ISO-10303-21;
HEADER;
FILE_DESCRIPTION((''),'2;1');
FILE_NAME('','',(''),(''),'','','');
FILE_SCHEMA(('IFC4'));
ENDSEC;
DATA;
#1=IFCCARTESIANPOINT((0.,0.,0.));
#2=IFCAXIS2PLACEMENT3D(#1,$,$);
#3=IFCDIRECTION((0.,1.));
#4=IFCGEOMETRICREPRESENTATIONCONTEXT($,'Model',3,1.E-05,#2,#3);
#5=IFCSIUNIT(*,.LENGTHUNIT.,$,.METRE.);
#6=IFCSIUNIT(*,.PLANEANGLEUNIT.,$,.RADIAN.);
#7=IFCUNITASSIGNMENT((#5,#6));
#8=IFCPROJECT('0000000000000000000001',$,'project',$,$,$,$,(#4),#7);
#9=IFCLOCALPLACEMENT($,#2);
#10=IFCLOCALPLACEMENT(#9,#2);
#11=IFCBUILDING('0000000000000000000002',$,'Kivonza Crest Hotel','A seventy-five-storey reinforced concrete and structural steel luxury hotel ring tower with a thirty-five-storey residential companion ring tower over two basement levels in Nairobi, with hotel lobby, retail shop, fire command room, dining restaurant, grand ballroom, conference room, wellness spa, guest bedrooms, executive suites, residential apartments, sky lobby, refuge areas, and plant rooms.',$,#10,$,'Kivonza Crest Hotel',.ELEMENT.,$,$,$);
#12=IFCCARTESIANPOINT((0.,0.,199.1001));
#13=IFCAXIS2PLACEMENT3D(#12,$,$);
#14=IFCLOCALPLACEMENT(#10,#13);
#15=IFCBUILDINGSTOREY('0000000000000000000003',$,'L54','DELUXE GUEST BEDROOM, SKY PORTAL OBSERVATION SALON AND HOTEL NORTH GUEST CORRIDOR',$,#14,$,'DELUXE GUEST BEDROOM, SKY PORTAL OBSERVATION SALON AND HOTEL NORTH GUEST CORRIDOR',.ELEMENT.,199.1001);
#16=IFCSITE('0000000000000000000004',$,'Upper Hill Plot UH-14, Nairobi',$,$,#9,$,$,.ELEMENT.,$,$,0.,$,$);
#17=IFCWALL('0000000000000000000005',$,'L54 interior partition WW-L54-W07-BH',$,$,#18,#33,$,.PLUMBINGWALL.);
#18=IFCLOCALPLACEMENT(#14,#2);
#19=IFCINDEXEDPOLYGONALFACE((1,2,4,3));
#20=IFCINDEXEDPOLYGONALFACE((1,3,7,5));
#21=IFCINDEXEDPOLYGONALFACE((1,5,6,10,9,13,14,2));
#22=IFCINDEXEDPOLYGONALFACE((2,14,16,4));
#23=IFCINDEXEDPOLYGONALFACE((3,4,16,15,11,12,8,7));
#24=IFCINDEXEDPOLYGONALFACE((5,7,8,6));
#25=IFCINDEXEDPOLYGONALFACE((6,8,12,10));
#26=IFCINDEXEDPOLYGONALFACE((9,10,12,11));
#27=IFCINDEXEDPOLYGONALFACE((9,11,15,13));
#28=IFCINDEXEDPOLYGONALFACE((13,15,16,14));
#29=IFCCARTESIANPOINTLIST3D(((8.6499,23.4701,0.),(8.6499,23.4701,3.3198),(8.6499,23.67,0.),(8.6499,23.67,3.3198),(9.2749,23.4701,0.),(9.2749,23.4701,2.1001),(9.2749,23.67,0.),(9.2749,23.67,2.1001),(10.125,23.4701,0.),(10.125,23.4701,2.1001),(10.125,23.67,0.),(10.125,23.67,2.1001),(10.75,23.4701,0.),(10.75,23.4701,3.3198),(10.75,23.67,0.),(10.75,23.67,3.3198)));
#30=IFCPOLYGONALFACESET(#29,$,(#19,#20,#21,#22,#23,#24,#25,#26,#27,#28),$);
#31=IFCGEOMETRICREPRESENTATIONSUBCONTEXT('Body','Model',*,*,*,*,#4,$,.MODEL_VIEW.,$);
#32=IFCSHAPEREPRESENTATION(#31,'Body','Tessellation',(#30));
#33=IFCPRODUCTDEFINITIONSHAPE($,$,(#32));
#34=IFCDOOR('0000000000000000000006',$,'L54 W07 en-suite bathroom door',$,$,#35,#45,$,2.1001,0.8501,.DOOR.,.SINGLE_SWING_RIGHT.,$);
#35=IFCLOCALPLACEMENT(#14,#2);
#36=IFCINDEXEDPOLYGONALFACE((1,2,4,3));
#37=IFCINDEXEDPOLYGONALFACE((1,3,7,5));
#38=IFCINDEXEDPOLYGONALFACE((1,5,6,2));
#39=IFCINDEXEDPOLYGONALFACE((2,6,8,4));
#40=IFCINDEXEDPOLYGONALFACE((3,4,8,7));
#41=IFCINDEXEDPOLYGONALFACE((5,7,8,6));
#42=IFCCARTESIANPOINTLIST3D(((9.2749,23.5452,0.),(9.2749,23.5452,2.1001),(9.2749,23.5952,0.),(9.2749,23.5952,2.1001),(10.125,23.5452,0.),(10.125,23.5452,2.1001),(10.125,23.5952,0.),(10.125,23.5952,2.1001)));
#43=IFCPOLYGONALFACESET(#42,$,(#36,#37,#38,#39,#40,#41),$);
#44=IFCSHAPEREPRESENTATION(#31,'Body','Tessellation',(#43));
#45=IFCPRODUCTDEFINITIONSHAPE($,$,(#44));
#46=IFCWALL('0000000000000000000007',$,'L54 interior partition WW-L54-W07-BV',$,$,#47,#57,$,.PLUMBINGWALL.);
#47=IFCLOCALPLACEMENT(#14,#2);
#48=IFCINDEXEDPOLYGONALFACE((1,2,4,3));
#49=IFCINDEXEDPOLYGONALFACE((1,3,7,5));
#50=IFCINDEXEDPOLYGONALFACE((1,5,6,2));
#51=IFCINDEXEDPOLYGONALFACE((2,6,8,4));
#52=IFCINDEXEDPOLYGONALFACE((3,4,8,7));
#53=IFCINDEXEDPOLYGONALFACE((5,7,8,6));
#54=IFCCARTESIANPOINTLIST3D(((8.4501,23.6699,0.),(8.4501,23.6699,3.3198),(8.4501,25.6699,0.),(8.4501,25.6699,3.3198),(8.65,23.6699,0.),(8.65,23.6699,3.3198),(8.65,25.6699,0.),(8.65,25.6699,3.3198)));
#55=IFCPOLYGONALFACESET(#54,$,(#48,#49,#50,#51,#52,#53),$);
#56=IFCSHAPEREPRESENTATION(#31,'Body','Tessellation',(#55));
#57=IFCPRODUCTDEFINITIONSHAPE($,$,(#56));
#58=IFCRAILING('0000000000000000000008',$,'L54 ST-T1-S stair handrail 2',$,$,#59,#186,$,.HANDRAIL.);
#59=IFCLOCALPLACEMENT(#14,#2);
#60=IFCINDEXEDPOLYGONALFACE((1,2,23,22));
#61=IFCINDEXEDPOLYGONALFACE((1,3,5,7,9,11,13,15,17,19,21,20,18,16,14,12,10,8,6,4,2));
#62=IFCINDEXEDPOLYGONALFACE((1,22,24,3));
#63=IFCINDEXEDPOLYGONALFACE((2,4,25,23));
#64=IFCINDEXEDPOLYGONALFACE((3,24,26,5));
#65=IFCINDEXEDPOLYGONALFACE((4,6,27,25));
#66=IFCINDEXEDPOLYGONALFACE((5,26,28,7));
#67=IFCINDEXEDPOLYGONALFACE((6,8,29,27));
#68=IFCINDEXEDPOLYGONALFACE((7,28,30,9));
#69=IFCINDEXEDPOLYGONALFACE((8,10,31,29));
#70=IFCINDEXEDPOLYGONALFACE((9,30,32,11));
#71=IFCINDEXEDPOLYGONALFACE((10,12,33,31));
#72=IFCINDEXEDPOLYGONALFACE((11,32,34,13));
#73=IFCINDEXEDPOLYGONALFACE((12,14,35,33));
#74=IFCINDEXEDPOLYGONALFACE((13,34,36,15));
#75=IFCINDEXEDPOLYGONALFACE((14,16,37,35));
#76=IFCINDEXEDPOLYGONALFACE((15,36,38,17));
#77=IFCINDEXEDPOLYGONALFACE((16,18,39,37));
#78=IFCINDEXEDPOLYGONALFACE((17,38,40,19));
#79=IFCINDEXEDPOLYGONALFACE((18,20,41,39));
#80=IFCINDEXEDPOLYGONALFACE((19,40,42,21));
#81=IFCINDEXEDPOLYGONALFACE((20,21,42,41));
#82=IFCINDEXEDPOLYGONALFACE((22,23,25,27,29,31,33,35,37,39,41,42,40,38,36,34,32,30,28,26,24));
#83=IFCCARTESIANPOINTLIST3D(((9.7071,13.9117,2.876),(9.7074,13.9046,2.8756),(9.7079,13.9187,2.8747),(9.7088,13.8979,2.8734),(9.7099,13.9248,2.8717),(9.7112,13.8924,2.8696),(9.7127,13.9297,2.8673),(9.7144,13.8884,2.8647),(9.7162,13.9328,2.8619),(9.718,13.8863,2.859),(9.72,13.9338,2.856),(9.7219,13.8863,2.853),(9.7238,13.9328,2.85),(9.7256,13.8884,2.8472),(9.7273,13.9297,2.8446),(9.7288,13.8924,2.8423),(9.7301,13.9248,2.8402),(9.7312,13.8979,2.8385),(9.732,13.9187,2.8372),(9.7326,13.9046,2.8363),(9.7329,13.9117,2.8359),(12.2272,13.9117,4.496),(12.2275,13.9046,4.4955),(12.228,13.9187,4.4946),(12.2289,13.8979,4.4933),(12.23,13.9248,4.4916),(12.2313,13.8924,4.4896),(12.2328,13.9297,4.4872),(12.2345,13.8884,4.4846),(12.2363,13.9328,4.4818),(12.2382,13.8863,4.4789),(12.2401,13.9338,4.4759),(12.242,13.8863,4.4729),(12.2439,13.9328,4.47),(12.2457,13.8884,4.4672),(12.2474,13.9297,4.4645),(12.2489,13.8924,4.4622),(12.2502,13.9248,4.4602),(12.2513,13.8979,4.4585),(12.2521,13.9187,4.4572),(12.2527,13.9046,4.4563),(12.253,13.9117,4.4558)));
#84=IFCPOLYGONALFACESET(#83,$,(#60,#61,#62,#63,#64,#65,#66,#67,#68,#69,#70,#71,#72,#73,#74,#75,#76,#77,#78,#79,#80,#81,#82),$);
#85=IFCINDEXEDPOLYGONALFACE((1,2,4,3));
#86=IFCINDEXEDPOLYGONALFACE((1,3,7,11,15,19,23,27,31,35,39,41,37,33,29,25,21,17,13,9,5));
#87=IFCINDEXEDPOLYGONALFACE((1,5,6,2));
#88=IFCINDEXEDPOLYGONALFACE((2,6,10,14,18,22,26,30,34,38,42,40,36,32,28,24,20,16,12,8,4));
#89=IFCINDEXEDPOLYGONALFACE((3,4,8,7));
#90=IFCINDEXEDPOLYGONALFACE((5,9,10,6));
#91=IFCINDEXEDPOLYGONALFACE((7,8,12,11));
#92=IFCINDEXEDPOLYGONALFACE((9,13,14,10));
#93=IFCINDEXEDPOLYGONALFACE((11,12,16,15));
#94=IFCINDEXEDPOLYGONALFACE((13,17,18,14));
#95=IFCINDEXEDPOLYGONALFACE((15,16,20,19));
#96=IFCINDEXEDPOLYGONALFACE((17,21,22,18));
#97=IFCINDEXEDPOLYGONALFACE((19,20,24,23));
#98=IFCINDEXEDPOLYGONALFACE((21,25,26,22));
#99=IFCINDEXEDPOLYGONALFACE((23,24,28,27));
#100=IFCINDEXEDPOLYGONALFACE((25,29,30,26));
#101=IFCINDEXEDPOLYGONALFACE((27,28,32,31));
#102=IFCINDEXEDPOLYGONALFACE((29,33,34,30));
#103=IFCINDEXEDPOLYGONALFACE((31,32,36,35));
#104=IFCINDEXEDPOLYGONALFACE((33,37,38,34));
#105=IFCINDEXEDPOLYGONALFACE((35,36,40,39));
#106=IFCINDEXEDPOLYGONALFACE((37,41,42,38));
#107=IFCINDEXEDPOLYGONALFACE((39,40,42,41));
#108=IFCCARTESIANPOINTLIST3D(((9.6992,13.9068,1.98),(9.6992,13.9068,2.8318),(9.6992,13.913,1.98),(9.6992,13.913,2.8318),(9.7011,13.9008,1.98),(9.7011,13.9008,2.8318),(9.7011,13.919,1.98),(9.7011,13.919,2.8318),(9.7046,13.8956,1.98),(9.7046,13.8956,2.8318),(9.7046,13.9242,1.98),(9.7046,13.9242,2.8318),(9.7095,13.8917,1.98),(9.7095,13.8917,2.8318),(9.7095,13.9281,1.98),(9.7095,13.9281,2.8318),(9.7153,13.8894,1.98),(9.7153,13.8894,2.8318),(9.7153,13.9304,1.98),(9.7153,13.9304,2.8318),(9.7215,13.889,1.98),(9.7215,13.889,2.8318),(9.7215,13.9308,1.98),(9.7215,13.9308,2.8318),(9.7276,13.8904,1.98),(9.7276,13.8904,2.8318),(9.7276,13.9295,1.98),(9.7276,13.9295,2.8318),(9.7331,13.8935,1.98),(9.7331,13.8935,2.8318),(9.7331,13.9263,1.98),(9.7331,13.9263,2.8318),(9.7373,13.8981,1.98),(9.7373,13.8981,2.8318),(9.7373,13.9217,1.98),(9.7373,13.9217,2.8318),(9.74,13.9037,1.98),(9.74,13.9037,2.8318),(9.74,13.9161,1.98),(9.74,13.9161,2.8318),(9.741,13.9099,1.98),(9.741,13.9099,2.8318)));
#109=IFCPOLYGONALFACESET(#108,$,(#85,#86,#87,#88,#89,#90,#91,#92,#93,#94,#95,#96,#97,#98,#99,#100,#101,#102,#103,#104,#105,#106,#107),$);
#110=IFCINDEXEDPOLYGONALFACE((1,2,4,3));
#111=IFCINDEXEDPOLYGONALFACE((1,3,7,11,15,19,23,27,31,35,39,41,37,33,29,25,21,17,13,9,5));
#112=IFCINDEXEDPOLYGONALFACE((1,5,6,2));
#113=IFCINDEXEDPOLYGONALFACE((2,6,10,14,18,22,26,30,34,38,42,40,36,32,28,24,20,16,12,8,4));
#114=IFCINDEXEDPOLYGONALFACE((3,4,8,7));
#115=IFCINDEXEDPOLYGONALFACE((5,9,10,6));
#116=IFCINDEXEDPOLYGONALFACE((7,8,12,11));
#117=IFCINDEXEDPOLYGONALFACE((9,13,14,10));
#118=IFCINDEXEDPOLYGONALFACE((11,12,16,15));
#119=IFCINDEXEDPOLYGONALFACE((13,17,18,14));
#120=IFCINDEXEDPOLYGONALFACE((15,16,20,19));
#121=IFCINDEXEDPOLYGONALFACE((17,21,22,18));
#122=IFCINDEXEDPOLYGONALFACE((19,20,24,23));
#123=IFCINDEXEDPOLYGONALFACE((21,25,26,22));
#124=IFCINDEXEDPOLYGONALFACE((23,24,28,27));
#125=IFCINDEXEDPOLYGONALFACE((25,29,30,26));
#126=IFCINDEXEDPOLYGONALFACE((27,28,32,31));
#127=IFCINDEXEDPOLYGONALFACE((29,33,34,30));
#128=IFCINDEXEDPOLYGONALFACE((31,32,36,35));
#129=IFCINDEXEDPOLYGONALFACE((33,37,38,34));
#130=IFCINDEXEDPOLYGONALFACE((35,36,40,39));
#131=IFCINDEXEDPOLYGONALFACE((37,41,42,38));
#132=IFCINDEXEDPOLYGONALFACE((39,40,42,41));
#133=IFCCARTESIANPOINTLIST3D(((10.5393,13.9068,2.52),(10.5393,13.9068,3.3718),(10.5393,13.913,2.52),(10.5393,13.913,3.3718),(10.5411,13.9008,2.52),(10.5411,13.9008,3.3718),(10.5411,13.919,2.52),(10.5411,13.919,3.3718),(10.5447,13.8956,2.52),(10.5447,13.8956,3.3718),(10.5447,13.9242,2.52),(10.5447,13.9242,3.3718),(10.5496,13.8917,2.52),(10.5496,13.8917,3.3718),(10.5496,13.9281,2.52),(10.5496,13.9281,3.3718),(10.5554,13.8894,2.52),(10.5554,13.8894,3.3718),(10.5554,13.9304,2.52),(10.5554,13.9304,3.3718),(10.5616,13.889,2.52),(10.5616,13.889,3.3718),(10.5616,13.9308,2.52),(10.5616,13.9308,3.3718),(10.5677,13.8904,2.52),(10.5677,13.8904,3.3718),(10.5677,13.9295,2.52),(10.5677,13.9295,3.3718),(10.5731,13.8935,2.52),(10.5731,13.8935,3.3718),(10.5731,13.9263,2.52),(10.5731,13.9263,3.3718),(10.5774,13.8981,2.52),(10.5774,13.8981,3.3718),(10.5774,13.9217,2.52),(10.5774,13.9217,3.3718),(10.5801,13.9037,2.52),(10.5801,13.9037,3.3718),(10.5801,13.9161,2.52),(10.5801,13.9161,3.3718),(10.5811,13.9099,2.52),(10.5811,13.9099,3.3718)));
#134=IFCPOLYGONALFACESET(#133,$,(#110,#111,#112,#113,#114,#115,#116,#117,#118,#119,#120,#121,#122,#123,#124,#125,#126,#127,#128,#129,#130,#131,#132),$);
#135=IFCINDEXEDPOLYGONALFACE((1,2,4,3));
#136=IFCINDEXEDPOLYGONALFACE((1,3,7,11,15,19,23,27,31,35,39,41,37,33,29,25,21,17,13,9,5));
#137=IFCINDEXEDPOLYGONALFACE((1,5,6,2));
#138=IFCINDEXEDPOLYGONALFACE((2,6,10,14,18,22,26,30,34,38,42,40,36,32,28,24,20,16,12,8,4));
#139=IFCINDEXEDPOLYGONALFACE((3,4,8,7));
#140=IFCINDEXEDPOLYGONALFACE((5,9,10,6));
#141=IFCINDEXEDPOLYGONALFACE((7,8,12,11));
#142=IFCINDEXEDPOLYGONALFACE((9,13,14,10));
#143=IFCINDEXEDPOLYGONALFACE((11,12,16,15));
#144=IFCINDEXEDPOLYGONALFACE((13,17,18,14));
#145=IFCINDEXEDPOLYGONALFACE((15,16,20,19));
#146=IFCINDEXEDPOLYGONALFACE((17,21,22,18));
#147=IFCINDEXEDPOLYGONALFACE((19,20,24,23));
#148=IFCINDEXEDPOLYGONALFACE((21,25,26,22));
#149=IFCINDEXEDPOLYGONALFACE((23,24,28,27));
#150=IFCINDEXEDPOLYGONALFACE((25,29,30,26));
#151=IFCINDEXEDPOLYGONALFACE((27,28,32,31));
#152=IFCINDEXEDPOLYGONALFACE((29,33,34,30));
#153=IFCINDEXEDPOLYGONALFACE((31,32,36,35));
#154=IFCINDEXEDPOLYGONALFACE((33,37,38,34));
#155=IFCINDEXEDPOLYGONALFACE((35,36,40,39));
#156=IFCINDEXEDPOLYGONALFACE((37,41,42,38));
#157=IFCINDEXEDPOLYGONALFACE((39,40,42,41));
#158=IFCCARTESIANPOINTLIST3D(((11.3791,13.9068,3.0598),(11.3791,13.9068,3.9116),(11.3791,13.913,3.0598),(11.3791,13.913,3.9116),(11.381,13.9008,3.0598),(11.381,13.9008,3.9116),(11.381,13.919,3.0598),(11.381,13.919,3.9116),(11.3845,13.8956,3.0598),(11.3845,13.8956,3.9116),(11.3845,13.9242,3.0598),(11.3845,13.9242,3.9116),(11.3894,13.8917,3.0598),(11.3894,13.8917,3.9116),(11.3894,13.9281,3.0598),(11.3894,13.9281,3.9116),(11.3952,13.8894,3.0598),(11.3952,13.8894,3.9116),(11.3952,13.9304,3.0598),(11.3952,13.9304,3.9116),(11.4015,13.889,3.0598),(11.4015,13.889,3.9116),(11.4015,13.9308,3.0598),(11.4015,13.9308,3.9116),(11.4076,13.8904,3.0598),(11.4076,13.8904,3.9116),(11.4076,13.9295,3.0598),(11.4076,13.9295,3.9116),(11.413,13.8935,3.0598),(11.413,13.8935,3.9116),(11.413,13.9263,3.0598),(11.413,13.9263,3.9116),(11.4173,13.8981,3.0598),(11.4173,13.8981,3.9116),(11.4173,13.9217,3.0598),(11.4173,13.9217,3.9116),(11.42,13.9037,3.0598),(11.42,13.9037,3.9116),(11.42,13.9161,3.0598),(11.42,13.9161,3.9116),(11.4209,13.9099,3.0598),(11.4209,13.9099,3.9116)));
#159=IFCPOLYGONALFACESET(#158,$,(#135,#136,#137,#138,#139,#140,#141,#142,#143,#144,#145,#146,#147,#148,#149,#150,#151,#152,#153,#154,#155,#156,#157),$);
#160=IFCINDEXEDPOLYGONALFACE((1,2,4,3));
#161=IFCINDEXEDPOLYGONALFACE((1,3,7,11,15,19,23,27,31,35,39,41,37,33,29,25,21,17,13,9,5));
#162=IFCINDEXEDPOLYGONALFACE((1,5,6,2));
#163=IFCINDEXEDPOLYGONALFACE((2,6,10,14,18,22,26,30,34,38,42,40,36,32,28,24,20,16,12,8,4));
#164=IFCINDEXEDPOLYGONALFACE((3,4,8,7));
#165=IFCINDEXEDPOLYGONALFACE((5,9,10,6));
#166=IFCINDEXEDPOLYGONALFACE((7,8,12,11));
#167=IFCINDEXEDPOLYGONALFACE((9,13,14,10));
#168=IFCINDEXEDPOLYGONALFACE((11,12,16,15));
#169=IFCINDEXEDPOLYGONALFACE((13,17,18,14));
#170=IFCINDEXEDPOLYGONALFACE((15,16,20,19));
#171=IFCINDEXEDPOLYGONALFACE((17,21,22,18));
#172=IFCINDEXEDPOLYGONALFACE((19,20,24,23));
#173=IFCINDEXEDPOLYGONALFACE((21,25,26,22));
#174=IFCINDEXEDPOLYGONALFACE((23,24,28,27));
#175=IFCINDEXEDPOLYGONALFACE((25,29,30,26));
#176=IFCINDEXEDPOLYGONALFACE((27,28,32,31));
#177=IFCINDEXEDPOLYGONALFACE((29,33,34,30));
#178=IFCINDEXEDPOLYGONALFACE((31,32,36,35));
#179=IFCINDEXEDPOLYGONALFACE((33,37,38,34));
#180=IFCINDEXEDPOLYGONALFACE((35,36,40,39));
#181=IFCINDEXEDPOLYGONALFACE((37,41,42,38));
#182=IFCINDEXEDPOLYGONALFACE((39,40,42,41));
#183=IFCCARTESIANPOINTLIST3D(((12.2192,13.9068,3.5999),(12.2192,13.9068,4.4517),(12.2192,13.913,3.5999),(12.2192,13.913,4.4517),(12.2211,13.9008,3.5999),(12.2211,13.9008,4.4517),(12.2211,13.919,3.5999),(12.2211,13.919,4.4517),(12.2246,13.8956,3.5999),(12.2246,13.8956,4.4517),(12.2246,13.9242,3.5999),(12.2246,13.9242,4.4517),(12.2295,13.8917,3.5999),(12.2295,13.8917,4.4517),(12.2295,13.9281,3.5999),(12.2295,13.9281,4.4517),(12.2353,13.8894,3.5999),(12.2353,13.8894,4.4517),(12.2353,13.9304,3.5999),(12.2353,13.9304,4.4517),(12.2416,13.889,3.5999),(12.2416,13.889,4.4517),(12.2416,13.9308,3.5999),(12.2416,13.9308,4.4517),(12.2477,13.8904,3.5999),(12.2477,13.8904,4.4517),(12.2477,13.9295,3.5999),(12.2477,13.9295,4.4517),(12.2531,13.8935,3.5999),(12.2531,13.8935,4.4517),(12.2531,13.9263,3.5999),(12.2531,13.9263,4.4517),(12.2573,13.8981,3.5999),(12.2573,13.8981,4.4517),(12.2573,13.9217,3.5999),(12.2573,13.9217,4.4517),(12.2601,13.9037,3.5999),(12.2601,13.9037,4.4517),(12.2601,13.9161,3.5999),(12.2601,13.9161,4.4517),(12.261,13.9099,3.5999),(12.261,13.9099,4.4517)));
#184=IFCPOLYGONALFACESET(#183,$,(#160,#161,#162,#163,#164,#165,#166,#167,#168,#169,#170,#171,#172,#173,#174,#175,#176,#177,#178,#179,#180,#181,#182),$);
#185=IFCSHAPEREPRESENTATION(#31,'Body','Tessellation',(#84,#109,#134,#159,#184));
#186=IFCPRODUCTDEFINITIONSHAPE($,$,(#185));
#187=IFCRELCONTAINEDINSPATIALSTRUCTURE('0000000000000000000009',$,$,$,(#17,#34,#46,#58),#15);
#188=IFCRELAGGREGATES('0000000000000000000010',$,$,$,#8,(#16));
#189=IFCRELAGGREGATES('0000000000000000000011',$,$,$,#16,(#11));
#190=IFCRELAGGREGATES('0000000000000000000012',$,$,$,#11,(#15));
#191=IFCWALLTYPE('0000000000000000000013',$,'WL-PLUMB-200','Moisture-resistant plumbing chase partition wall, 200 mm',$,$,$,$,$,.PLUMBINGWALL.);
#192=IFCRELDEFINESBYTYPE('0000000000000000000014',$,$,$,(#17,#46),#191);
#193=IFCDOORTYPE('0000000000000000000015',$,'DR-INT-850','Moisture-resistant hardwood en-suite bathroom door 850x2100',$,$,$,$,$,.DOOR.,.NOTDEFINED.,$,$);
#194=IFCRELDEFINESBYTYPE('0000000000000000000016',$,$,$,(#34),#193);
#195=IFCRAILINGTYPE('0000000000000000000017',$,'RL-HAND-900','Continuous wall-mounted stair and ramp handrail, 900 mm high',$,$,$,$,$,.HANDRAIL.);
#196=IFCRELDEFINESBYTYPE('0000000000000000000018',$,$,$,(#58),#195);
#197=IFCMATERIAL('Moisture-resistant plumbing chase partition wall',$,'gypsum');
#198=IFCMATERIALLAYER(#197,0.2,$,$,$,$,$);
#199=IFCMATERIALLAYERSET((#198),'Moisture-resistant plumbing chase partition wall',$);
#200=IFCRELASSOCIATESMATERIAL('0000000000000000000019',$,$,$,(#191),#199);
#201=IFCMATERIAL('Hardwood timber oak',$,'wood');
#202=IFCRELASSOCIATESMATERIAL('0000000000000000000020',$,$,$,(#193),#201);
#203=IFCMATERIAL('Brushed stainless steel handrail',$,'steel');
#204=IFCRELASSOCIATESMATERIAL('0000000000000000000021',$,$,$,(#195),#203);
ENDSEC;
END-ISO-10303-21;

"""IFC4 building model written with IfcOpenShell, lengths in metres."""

from ifc_helpers import new_model, si_unit, direction, frame, frame_2d, origin, origin_2d, place, context, subcontext, project, spatial, rectangle, circle, extrude, material, layer, layer_set, type_object, element, fill, save


model = new_model("IFC4")

# Units and contexts
model_context = context("Model", 3, precision=1e-05, world=origin(), true_north=direction((0.0, 1.0)))
body_context = subcontext(model_context, "Body", "Model", "MODEL_VIEW")
ifc_project = project(units=[si_unit("LENGTHUNIT", "METRE"), si_unit("PLANEANGLEUNIT", "RADIAN")], contexts=[model_context])

# Site, building, storey
site_placement = place(None, origin())
site = spatial("IfcSite", under=ifc_project, at=site_placement, Name="Upper Hill Plot UH-14, Nairobi", CompositionType="ELEMENT", RefElevation=0.0)
building_placement = place(site_placement, origin())
building = spatial("IfcBuilding", under=site, at=building_placement, Name="Kivonza Crest Hotel", Description="A seventy-five-storey reinforced concrete and structural steel luxury hotel ring tower with a thirty-five-storey residential companion ring tower over two basement levels in Nairobi, with hotel lobby, retail shop, fire command room, dining restaurant, grand ballroom, conference room, wellness spa, guest bedrooms, executive suites, residential apartments, sky lobby, refuge areas, and plant rooms.", LongName="Kivonza Crest Hotel", CompositionType="ELEMENT")
storey_placement = place(building_placement, frame((0.0, 0.0, 199.1001)))
storey = spatial("IfcBuildingStorey", under=building, at=storey_placement, Name="L54", Description="DELUXE GUEST BEDROOM, SKY PORTAL OBSERVATION SALON AND HOTEL NORTH GUEST CORRIDOR", LongName="DELUXE GUEST BEDROOM, SKY PORTAL OBSERVATION SALON AND HOTEL NORTH GUEST CORRIDOR", CompositionType="ELEMENT", Elevation=199.1001)

# Shared definitions
ifc_material_1 = material(Name="Hardwood timber oak", Category="wood")

# Wall, opening, door
ifc_material_2 = material(Name="Moisture-resistant plumbing chase partition wall", Category="gypsum")
ifc_layer_1 = layer(ifc_material_2, 0.2)
ifc_layer_set_1 = layer_set([ifc_layer_1], Name="Moisture-resistant plumbing chase partition wall")
wall_type_1 = type_object("IfcWallType", Name="WL-PLUMB-200", Description="Moisture-resistant plumbing chase partition wall, 200 mm", PredefinedType="PLUMBINGWALL", material=ifc_layer_set_1)
wall_1_placement = place(storey_placement, frame((8.6499, 23.5701, 0.0), z_axis=(0.0, 0.0, 1.0), x_axis=(1.0, 0.0, 0.0)))
wall_1 = element("IfcWall", 1, at=wall_1_placement, inside=storey, type_object=wall_type_1, Name="L54 interior partition WW-L54-W07-BH", PredefinedType="PLUMBINGWALL", context=body_context, shape_type="SweptSolid", body=[
    extrude(rectangle(XDim=2.1001, YDim=0.2, at=frame_2d((1.05, 0.0))), origin(), (0.0, 0.0, 1.0), 3.3198),
])
opening_1_placement = place(wall_1_placement, frame((0.625, 0.0, 0.0)))
opening_1 = element("IfcOpeningElement", 2, at=opening_1_placement, cuts=wall_1, PredefinedType="OPENING", context=body_context, shape_type="SweptSolid", body=[
    extrude(rectangle(XDim=0.8501, YDim=2.1001, at=frame_2d((0.425, 1.05))), frame((0.0, 0.1099, 0.0), z_axis=(0.0, -1.0, 0.0), x_axis=(1.0, 0.0, 0.0)), (0.0, 0.0, 1.0), 0.22),
])
door_type_1 = type_object("IfcDoorType", Name="DR-INT-850", Description="Moisture-resistant hardwood en-suite bathroom door 850x2100", OperationType="NOTDEFINED", PredefinedType="DOOR", material=ifc_material_1)
door_1_placement = place(opening_1_placement, frame((0.8501, 0.0, 0.0), z_axis=(0.0, 0.0, 1.0), x_axis=(-1.0, 0.0, 0.0)))
door_1 = element("IfcDoor", 3, at=door_1_placement, inside=storey, type_object=door_type_1, Name="L54 W07 en-suite bathroom door", OperationType="SINGLE_SWING_RIGHT", OverallHeight=2.1001, OverallWidth=0.8501, PredefinedType="DOOR", context=body_context, shape_type="SweptSolid", body=[
    extrude(rectangle(XDim=0.8501, YDim=2.1001, at=frame_2d((0.425, 1.05))), frame((0.0, 0.0249, 0.0), z_axis=(0.0, -1.0, 0.0), x_axis=(1.0, 0.0, 0.0)), (0.0, 0.0, 1.0), 0.05),
])
fill(opening_1, door_1)

# Wall
wall_2_placement = place(storey_placement, frame((8.55, 23.6699, 0.0), z_axis=(0.0, 0.0, 1.0), x_axis=(0.0, 1.0, 0.0)))
element("IfcWall", 4, at=wall_2_placement, inside=storey, type_object=wall_type_1, Name="L54 interior partition WW-L54-W07-BV", PredefinedType="PLUMBINGWALL", context=body_context, shape_type="SweptSolid", body=[
    extrude(rectangle(XDim=2.0, YDim=0.2, at=frame_2d((1.0, 0.0))), origin(), (0.0, 0.0, 1.0), 3.3198),
])

# Railing
ifc_material_3 = material(Name="Brushed stainless steel handrail", Category="steel")
railing_type_1 = type_object("IfcRailingType", Name="RL-HAND-900", Description="Continuous wall-mounted stair and ramp handrail, 900 mm high", PredefinedType="HANDRAIL", material=ifc_material_3)
railing_1_placement = place(storey_placement, frame((9.72, 13.9099, 1.98)))
element("IfcRailing", 5, at=railing_1_placement, inside=storey, type_object=railing_type_1, Name="L54 ST-T1-S stair handrail 2", PredefinedType="HANDRAIL", context=body_context, shape_type="SweptSolid", body=[
    extrude(circle(Radius=0.0239, at=origin_2d()), frame((0.0, 0.0, 0.876), z_axis=(0.8412, 0.0, 0.540725), x_axis=(0.0, 1.0, 0.0)), (0.0, 0.0, 1.0), 2.9958),
    extrude(circle(Radius=0.021, at=origin_2d()), origin(), (0.0, 0.0, 1.0), 0.8518),
    extrude(circle(Radius=0.021, at=origin_2d()), frame((0.8401, 0.0, 0.54)), (0.0, 0.0, 1.0), 0.8518),
    extrude(circle(Radius=0.021, at=origin_2d()), frame((1.6799, 0.0, 1.0798)), (0.0, 0.0, 1.0), 0.8518),
    extrude(circle(Radius=0.021, at=origin_2d()), frame((2.52, 0.0, 1.6199)), (0.0, 0.0, 1.0), 0.8518),
])

save(model, "model.ifc")
